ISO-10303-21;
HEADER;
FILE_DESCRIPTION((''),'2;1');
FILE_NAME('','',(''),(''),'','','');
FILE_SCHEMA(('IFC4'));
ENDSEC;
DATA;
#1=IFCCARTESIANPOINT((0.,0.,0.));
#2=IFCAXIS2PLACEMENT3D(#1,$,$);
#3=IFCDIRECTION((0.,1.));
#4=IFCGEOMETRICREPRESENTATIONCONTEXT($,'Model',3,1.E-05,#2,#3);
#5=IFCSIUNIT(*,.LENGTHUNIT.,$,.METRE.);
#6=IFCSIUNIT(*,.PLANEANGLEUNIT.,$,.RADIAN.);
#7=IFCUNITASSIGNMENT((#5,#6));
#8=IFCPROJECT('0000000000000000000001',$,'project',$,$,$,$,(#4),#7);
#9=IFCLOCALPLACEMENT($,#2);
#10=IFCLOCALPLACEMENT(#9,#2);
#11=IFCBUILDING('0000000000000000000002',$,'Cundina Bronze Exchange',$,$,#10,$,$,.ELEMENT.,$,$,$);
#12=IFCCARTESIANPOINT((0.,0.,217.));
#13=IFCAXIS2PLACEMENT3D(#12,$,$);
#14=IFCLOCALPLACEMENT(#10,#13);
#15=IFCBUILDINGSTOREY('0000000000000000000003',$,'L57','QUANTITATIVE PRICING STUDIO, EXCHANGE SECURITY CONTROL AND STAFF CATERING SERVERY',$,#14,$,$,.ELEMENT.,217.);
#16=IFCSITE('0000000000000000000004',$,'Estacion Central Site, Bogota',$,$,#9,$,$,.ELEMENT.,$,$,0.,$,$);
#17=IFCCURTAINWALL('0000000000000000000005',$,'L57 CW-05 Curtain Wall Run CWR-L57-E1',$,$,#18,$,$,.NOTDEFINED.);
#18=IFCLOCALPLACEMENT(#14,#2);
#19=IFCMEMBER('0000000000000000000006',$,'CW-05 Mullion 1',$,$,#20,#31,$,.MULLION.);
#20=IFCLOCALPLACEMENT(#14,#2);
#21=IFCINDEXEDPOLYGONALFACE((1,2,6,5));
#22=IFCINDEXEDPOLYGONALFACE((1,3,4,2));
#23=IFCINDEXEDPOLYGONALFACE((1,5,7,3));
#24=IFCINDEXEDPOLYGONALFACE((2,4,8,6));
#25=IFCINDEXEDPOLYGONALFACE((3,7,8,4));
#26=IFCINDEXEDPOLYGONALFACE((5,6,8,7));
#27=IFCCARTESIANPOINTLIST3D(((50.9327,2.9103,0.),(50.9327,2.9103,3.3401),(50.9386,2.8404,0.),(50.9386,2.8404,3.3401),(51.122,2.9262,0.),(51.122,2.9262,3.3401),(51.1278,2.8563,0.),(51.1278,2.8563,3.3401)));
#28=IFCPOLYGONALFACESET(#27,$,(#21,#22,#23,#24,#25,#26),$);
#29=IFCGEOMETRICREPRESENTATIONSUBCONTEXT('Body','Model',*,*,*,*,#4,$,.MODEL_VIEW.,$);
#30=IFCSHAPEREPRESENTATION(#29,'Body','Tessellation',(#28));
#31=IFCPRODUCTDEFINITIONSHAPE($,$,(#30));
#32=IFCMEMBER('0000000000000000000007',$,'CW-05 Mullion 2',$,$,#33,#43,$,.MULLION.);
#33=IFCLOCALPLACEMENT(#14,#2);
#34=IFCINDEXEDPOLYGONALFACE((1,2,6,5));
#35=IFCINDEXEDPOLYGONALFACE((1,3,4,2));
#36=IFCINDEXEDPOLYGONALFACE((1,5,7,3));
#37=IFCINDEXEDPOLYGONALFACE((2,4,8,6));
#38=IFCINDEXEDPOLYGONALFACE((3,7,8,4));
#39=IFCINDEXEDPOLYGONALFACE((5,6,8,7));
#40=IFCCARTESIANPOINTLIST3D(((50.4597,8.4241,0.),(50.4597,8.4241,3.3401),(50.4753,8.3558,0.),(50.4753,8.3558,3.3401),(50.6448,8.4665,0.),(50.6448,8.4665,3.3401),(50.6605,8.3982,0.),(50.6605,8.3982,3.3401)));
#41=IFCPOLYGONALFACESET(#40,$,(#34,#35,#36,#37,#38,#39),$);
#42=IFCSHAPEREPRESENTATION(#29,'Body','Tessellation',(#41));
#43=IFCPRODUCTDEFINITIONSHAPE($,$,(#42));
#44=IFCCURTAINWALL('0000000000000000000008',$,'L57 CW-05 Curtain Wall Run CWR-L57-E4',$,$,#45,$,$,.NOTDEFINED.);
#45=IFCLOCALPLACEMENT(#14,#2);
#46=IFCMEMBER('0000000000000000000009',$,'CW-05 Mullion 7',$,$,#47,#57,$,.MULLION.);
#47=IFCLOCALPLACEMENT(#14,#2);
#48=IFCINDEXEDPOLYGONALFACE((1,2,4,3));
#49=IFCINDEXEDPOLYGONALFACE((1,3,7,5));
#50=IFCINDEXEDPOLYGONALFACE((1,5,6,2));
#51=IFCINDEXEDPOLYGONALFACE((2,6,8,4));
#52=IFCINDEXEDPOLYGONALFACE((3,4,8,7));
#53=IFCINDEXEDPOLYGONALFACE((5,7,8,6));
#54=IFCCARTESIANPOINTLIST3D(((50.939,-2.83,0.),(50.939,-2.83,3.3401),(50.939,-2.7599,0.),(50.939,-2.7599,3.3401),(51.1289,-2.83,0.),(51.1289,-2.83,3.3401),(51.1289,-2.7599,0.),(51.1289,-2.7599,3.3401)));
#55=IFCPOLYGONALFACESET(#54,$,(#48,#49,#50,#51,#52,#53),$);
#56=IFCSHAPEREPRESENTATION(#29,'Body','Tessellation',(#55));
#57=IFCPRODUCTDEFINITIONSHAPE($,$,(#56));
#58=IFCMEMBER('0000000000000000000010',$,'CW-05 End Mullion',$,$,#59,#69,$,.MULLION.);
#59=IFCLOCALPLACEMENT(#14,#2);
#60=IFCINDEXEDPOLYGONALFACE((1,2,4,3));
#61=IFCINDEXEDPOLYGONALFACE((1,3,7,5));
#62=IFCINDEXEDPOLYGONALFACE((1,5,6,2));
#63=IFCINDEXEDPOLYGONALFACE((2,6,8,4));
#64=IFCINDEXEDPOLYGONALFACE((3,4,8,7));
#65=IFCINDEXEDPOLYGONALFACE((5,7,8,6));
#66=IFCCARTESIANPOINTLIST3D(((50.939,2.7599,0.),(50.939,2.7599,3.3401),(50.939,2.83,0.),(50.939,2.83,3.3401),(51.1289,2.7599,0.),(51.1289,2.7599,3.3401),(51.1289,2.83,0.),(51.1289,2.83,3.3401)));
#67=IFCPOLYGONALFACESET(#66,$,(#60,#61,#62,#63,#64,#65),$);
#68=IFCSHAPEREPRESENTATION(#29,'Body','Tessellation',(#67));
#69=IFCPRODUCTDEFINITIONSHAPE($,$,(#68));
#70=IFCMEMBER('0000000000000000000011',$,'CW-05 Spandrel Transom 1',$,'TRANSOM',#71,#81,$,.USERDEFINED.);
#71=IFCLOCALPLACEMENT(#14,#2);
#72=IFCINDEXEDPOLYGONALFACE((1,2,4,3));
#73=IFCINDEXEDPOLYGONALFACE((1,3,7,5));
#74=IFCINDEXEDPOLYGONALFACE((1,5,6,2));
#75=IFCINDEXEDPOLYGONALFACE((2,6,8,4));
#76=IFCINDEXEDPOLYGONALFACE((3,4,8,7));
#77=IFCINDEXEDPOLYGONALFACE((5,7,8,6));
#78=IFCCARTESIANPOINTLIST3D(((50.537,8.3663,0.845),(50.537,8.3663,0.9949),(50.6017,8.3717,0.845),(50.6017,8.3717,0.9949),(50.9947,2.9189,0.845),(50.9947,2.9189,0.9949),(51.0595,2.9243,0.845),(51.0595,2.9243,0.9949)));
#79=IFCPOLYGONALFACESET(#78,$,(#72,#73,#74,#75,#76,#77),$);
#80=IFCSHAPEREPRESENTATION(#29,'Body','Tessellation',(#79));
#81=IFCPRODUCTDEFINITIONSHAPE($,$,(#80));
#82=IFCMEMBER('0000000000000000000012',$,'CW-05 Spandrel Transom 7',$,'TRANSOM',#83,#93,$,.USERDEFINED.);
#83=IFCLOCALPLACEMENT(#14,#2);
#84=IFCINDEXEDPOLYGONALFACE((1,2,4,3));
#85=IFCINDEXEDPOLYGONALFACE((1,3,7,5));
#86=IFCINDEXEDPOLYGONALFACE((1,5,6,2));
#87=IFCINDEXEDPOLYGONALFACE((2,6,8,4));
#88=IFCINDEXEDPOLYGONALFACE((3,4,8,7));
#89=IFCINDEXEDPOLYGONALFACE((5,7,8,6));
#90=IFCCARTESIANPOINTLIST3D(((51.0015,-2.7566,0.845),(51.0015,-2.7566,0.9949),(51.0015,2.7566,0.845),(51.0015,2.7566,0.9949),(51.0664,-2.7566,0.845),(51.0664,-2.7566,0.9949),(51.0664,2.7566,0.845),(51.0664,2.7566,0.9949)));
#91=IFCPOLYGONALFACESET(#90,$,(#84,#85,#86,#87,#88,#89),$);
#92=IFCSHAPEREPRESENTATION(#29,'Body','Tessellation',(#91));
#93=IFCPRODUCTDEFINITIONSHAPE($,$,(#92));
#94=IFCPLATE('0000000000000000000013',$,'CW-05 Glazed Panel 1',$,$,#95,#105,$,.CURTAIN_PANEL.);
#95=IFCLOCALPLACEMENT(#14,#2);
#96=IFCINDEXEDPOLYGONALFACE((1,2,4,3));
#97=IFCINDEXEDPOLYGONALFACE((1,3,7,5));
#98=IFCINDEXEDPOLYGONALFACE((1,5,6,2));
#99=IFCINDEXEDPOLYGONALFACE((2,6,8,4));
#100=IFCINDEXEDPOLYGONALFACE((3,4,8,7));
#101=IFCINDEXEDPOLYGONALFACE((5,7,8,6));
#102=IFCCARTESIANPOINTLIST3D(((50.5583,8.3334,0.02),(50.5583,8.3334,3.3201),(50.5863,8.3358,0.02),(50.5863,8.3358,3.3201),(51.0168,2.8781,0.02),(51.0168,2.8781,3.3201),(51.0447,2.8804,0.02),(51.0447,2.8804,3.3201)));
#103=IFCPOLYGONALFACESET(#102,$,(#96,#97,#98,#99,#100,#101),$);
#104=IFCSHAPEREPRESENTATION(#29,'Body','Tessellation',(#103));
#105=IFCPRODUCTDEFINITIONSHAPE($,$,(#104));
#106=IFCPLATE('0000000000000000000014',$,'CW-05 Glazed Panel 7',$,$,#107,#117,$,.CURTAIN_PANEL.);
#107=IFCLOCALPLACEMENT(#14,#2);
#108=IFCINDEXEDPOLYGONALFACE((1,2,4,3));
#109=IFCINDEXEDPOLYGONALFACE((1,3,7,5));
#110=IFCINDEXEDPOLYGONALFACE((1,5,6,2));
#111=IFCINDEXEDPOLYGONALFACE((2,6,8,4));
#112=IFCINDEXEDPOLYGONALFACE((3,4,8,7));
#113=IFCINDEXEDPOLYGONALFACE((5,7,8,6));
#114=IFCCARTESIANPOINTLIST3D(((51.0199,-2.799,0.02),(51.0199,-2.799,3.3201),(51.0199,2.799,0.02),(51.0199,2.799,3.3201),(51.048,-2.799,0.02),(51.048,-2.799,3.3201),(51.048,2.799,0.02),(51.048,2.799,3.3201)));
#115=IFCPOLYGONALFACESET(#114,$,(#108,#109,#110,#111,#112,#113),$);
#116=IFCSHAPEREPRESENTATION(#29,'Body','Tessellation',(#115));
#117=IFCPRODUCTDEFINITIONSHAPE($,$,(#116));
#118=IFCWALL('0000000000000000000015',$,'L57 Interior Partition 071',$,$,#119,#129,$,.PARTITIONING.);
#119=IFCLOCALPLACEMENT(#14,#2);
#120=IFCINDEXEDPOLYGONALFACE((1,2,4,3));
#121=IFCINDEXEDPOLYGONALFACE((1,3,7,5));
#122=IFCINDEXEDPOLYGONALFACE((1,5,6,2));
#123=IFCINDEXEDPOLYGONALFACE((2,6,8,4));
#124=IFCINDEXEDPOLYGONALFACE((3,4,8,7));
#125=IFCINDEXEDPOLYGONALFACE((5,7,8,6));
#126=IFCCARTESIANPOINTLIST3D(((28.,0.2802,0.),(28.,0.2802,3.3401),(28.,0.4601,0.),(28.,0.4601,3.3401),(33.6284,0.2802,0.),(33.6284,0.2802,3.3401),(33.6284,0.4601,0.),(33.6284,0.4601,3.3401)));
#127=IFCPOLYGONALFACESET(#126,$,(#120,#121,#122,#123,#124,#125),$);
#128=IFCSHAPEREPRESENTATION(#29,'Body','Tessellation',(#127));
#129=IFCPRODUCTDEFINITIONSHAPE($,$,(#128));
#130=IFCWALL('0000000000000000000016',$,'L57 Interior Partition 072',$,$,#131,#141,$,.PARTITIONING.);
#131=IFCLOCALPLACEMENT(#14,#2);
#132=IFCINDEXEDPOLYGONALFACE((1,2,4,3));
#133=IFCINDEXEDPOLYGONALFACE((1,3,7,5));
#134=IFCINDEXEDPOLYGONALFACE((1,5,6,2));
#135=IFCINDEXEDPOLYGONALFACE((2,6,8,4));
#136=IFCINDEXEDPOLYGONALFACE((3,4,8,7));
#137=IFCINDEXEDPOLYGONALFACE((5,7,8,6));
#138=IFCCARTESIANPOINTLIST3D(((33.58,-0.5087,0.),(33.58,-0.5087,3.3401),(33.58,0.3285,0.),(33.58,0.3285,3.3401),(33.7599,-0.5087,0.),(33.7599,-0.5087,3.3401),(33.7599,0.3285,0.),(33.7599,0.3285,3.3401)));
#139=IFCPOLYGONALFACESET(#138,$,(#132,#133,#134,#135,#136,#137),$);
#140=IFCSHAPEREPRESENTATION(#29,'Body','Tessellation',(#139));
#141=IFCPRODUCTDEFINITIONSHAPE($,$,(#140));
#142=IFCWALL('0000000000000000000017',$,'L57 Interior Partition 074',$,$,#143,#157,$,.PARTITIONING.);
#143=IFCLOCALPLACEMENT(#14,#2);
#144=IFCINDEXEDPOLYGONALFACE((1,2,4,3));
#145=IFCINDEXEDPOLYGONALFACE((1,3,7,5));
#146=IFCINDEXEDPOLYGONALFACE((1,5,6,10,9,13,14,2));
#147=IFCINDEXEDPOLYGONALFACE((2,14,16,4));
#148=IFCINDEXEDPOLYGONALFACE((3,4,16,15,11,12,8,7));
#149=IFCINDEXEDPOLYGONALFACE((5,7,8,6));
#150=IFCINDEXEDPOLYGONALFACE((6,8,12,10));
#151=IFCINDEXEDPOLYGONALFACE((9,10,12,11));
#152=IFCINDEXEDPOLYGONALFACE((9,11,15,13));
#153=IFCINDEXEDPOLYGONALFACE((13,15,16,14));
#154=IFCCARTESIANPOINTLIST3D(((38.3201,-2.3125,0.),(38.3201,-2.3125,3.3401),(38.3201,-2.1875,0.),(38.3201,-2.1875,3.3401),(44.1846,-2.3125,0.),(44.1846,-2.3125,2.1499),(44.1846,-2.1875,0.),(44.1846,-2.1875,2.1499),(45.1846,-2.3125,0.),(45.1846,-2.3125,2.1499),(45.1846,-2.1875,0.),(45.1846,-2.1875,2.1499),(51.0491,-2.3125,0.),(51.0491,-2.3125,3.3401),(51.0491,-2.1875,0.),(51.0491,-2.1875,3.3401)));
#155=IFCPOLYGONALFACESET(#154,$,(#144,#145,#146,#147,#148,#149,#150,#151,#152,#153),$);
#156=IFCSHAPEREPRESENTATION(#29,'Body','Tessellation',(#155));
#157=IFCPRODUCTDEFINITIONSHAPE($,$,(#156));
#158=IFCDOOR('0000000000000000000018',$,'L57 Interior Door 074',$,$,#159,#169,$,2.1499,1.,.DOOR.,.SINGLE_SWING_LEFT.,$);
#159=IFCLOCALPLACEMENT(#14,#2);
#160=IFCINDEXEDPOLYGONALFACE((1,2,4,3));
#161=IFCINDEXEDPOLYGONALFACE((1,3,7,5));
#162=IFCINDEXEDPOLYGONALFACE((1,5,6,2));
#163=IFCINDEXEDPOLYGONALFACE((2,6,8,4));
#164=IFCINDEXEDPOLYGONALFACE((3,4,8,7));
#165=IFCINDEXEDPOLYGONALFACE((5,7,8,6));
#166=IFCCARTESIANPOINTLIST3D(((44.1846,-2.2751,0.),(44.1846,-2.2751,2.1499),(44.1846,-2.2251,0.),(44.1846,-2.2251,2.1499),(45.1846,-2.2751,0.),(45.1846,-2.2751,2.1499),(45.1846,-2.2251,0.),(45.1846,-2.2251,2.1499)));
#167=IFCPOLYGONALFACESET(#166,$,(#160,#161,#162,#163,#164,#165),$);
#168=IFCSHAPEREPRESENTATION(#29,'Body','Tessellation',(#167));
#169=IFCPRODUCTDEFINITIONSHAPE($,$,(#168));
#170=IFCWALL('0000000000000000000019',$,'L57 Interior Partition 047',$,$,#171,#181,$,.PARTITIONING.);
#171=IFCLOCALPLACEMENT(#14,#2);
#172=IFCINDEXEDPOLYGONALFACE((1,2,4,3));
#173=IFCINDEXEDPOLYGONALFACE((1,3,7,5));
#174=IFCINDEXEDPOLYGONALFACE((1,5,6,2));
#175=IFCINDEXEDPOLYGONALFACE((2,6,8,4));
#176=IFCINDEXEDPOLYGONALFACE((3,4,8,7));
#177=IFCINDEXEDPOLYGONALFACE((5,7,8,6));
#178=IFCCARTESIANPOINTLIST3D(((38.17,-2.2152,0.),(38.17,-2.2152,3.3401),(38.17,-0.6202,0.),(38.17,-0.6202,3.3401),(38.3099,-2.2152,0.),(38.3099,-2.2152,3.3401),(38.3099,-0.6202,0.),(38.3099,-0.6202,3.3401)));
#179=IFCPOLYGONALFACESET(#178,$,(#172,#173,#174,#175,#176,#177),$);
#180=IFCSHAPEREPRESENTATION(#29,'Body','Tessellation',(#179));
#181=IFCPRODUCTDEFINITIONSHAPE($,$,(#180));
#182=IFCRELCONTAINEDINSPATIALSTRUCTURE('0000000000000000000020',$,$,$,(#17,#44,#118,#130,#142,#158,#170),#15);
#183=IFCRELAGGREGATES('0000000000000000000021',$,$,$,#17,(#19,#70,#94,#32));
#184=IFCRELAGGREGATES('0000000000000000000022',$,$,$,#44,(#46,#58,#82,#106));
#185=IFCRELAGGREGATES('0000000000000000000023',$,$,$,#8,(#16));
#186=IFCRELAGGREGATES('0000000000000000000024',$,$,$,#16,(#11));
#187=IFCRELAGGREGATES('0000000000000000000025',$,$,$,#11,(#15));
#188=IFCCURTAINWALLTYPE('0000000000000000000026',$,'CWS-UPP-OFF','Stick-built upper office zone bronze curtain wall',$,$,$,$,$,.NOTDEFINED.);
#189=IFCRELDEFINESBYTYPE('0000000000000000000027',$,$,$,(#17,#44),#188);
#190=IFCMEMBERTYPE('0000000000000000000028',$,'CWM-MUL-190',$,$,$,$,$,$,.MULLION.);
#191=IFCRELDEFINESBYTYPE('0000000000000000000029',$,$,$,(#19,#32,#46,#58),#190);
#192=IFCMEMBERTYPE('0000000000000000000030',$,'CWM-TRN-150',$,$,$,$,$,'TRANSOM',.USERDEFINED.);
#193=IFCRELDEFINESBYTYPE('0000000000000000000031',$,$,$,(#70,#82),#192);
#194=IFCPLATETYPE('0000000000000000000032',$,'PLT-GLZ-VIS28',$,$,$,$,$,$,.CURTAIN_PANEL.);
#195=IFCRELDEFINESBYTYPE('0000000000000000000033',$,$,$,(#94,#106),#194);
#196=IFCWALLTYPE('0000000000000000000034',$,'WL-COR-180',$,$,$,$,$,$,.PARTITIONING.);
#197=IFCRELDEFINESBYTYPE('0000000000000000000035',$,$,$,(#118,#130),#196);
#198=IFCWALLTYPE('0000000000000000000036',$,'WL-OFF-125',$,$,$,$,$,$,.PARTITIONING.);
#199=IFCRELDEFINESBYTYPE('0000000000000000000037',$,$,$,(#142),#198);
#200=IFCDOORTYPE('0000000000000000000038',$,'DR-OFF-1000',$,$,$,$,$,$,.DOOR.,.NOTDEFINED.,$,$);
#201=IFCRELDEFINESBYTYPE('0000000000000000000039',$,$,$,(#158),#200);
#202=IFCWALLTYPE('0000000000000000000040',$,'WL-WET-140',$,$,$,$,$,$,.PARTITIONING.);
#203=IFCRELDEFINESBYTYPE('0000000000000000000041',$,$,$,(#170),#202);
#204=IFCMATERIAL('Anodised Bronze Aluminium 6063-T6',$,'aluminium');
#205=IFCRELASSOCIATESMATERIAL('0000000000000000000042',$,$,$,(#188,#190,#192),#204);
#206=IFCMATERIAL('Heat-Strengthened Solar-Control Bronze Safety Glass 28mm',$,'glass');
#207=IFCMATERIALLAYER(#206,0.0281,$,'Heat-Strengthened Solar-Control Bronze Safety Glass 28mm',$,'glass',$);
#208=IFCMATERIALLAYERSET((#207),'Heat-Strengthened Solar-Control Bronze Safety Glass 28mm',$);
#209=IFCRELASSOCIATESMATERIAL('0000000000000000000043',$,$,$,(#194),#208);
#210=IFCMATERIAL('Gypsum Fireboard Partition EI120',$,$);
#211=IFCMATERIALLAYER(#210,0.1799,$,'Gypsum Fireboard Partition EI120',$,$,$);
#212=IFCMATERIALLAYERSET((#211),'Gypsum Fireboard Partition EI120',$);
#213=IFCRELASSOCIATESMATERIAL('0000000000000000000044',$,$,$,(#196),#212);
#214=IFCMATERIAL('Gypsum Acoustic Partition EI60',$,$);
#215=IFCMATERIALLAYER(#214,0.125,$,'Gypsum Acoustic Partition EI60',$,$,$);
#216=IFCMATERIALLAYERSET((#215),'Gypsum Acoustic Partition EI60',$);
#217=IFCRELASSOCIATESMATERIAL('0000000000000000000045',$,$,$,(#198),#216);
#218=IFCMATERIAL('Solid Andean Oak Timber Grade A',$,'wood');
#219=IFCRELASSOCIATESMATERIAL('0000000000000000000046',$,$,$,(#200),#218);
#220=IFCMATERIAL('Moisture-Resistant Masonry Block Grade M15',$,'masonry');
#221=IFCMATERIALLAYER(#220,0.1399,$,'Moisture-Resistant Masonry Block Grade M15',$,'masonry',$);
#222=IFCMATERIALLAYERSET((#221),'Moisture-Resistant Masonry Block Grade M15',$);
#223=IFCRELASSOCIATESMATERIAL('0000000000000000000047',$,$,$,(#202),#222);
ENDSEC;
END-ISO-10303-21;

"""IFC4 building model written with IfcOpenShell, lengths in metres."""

from ifc_helpers import new_model, si_unit, direction, frame, frame_2d, origin, origin_2d, place, context, subcontext, project, spatial, rectangle, extrude, material, layer, layer_set, material_profile, profile_set, type_object, element, fill, aggregate, save


model = new_model("IFC4")

# Units and contexts
model_context = context("Model", 3, precision=1e-05, world=origin(), true_north=direction((0.0, 1.0)))
body_context = subcontext(model_context, "Body", "Model", "MODEL_VIEW")
ifc_project = project(units=[si_unit("LENGTHUNIT", "METRE"), si_unit("PLANEANGLEUNIT", "RADIAN")], contexts=[model_context])

# Site, building, storey
site_placement = place(None, origin())
site = spatial("IfcSite", under=ifc_project, at=site_placement, Name="Estacion Central Site, Bogota", CompositionType="ELEMENT", RefElevation=0.0)
building_placement = place(site_placement, origin())
building = spatial("IfcBuilding", under=site, at=building_placement, Name="Cundina Bronze Exchange", CompositionType="ELEMENT")
storey_placement = place(building_placement, frame((0.0, 0.0, 217.0)))
storey = spatial("IfcBuildingStorey", under=building, at=storey_placement, Name="L57", Description="QUANTITATIVE PRICING STUDIO, EXCHANGE SECURITY CONTROL AND STAFF CATERING SERVERY", CompositionType="ELEMENT", Elevation=217.0)

# Curtain walls, members
ifc_material_1 = material(Name="Anodised Bronze Aluminium 6063-T6", Category="aluminium")
curtain_wall_type = type_object("IfcCurtainWallType", Name="CWS-UPP-OFF", Description="Stick-built upper office zone bronze curtain wall", PredefinedType="NOTDEFINED", material=ifc_material_1)
curtain_wall_1_placement = place(storey_placement, origin())
curtain_wall_1 = element("IfcCurtainWall", 1, at=curtain_wall_1_placement, inside=storey, type_object=curtain_wall_type, Name="L57 CW-05 Curtain Wall Run CWR-L57-E1", PredefinedType="NOTDEFINED")
ifc_material_profile_1 = material_profile(ifc_material_1, rectangle(XDim=0.0701, YDim=0.1899, at=origin_2d()), Name="AL70X190", Category="aluminium")
ifc_profile_set_1 = profile_set([ifc_material_profile_1], Name="Anodised Bronze Aluminium 6063-T6")
member_type_1 = type_object("IfcMemberType", Name="CWM-MUL-190", PredefinedType="MULLION", material=ifc_profile_set_1)
member_1_placement = place(storey_placement, frame((51.0303, 2.8833, 0.0), z_axis=(0.0, 0.0, 1.0), x_axis=(-0.083678, 0.996493, 0.0)))
member_1 = element("IfcMember", 2, at=member_1_placement, type_object=member_type_1, Name="CW-05 Mullion 1", PredefinedType="MULLION", context=body_context, shape_type="SweptSolid", body=[
    extrude(rectangle(XDim=0.0701, YDim=0.1899, at=origin_2d()), origin(), (0.0, 0.0, 1.0), 3.3401),
])
member_2_placement = place(storey_placement, frame((50.5601, 8.4111, 0.0), z_axis=(0.0, 0.0, 1.0), x_axis=(-0.22325, 0.974761, 0.0)))
member_2 = element("IfcMember", 3, at=member_2_placement, type_object=member_type_1, Name="CW-05 Mullion 2", PredefinedType="MULLION", context=body_context, shape_type="SweptSolid", body=[
    extrude(rectangle(XDim=0.0701, YDim=0.1899, at=origin_2d()), origin(), (0.0, 0.0, 1.0), 3.3401),
])
curtain_wall_2_placement = place(storey_placement, origin())
curtain_wall_2 = element("IfcCurtainWall", 4, at=curtain_wall_2_placement, inside=storey, type_object=curtain_wall_type, Name="L57 CW-05 Curtain Wall Run CWR-L57-E4", PredefinedType="NOTDEFINED")
member_3_placement = place(storey_placement, frame((51.0339, -2.7949, 0.0), z_axis=(0.0, 0.0, 1.0), x_axis=(0.0, 1.0, 0.0)))
member_3 = element("IfcMember", 5, at=member_3_placement, type_object=member_type_1, Name="CW-05 Mullion 7", PredefinedType="MULLION", context=body_context, shape_type="SweptSolid", body=[
    extrude(rectangle(XDim=0.0701, YDim=0.1899, at=origin_2d()), origin(), (0.0, 0.0, 1.0), 3.3401),
])
member_4_placement = place(storey_placement, frame((51.0339, 2.7949, 0.0), z_axis=(0.0, 0.0, 1.0), x_axis=(0.0, 1.0, 0.0)))
member_4 = element("IfcMember", 6, at=member_4_placement, type_object=member_type_1, Name="CW-05 End Mullion", PredefinedType="MULLION", context=body_context, shape_type="SweptSolid", body=[
    extrude(rectangle(XDim=0.0701, YDim=0.1899, at=origin_2d()), origin(), (0.0, 0.0, 1.0), 3.3401),
])

# Members
ifc_material_profile_2 = material_profile(ifc_material_1, rectangle(XDim=0.0649, YDim=0.1499, at=origin_2d()), Name="AL65X150", Category="aluminium")
ifc_profile_set_2 = profile_set([ifc_material_profile_2], Name="Anodised Bronze Aluminium 6063-T6")
member_type_2 = type_object("IfcMemberType", Name="CWM-TRN-150", ElementType="TRANSOM", PredefinedType="USERDEFINED", material=ifc_profile_set_2)
member_5_placement = place(storey_placement, frame((51.0271, 2.9216, 0.9199), z_axis=(-0.08374, 0.996488, 0.0), x_axis=(-0.996488, -0.08374, 0.0)))
member_5 = element("IfcMember", 7, at=member_5_placement, type_object=member_type_2, Name="CW-05 Spandrel Transom 1", ObjectType="TRANSOM", PredefinedType="USERDEFINED", context=body_context, shape_type="SweptSolid", body=[
    extrude(rectangle(XDim=0.0649, YDim=0.1499, at=origin_2d()), origin(), (0.0, 0.0, 1.0), 5.4666),
])
member_6_placement = place(storey_placement, frame((51.0339, -2.7566, 0.9199), z_axis=(0.0, 1.0, 0.0), x_axis=(-1.0, 0.0, 0.0)))
member_6 = element("IfcMember", 8, at=member_6_placement, type_object=member_type_2, Name="CW-05 Spandrel Transom 7", ObjectType="TRANSOM", PredefinedType="USERDEFINED", context=body_context, shape_type="SweptSolid", body=[
    extrude(rectangle(XDim=0.0649, YDim=0.1499, at=origin_2d()), origin(), (0.0, 0.0, 1.0), 5.5132),
])

# Plates
ifc_material_2 = material(Name="Heat-Strengthened Solar-Control Bronze Safety Glass 28mm", Category="glass")
ifc_layer_1 = layer(ifc_material_2, 0.0281, Name="Heat-Strengthened Solar-Control Bronze Safety Glass 28mm", Category="glass")
ifc_layer_set_1 = layer_set([ifc_layer_1], Name="Heat-Strengthened Solar-Control Bronze Safety Glass 28mm")
plate_type = type_object("IfcPlateType", Name="PLT-GLZ-VIS28", PredefinedType="CURTAIN_PANEL", material=ifc_layer_set_1)
plate_1_placement = place(storey_placement, frame((50.8015, 5.6069, 0.02), z_axis=(0.0, 0.0, 1.0), x_axis=(-0.083747, 0.996487, 0.0)))
plate_1 = element("IfcPlate", 9, at=plate_1_placement, type_object=plate_type, Name="CW-05 Glazed Panel 1", PredefinedType="CURTAIN_PANEL", context=body_context, shape_type="SweptSolid", body=[
    extrude(rectangle(XDim=5.4746, YDim=0.0281, at=origin_2d()), origin(), (0.0, 0.0, 1.0), 3.3),
])
aggregate(curtain_wall_1, [member_1, member_5, plate_1, member_2])
plate_2_placement = place(storey_placement, frame((51.0339, 0.0, 0.02), z_axis=(0.0, 0.0, 1.0), x_axis=(0.0, 1.0, 0.0)))
plate_2 = element("IfcPlate", 10, at=plate_2_placement, type_object=plate_type, Name="CW-05 Glazed Panel 7", PredefinedType="CURTAIN_PANEL", context=body_context, shape_type="SweptSolid", body=[
    extrude(rectangle(XDim=5.5979, YDim=0.0281, at=origin_2d()), origin(), (0.0, 0.0, 1.0), 3.3),
])
aggregate(curtain_wall_2, [member_3, member_4, member_6, plate_2])

# Walls
ifc_material_3 = material(Name="Gypsum Fireboard Partition EI120")
ifc_layer_2 = layer(ifc_material_3, 0.1799, Name="Gypsum Fireboard Partition EI120")
ifc_layer_set_2 = layer_set([ifc_layer_2], Name="Gypsum Fireboard Partition EI120")
wall_type_1 = type_object("IfcWallType", Name="WL-COR-180", PredefinedType="PARTITIONING", material=ifc_layer_set_2)
wall_1_placement = place(storey_placement, frame((33.6284, 0.3701, 0.0), z_axis=(0.0, 0.0, 1.0), x_axis=(-1.0, 0.0, 0.0)))
element("IfcWall", 11, at=wall_1_placement, inside=storey, type_object=wall_type_1, Name="L57 Interior Partition 071", PredefinedType="PARTITIONING", context=body_context, shape_type="SweptSolid", body=[
    extrude(rectangle(XDim=5.6284, YDim=0.1799, at=frame_2d((2.8142, 0.0))), origin(), (0.0, 0.0, 1.0), 3.3401),
])
wall_2_placement = place(storey_placement, frame((33.6699, -0.5085, 0.0), z_axis=(0.0, 0.0, 1.0), x_axis=(0.0, 1.0, 0.0)))
element("IfcWall", 12, at=wall_2_placement, inside=storey, type_object=wall_type_1, Name="L57 Interior Partition 072", PredefinedType="PARTITIONING", context=body_context, shape_type="SweptSolid", body=[
    extrude(rectangle(XDim=0.8372, YDim=0.1799, at=frame_2d((0.4185, 0.0))), origin(), (0.0, 0.0, 1.0), 3.3401),
])

# Wall, opening, door
ifc_material_4 = material(Name="Gypsum Acoustic Partition EI60")
ifc_layer_3 = layer(ifc_material_4, 0.125, Name="Gypsum Acoustic Partition EI60")
ifc_layer_set_3 = layer_set([ifc_layer_3], Name="Gypsum Acoustic Partition EI60")
wall_type_2 = type_object("IfcWallType", Name="WL-OFF-125", PredefinedType="PARTITIONING", material=ifc_layer_set_3)
wall_3_placement = place(storey_placement, frame((38.3201, -2.25, 0.0), z_axis=(0.0, 0.0, 1.0), x_axis=(1.0, 0.0, 0.0)))
wall_3 = element("IfcWall", 13, at=wall_3_placement, inside=storey, type_object=wall_type_2, Name="L57 Interior Partition 074", PredefinedType="PARTITIONING", context=body_context, shape_type="SweptSolid", body=[
    extrude(rectangle(XDim=12.729, YDim=0.125, at=frame_2d((6.3645, 0.0))), origin(), (0.0, 0.0, 1.0), 3.3401),
])
opening_placement = place(wall_3_placement, frame((5.8645, 0.0, 0.0)))
opening = element("IfcOpeningElement", 14, at=opening_placement, cuts=wall_3, PredefinedType="OPENING", context=body_context, shape_type="SweptSolid", body=[
    extrude(rectangle(XDim=1.0, YDim=2.1499, at=frame_2d((0.5, 1.075))), frame((0.0, 0.0725, 0.0), z_axis=(0.0, -1.0, 0.0), x_axis=(1.0, 0.0, 0.0)), (0.0, 0.0, 1.0), 0.145),
])
ifc_material_5 = material(Name="Solid Andean Oak Timber Grade A", Category="wood")
door_type = type_object("IfcDoorType", Name="DR-OFF-1000", OperationType="NOTDEFINED", PredefinedType="DOOR", material=ifc_material_5)
door_placement = place(opening_placement, origin())
door = element("IfcDoor", 15, at=door_placement, inside=storey, type_object=door_type, Name="L57 Interior Door 074", OperationType="SINGLE_SWING_LEFT", OverallHeight=2.1499, OverallWidth=1.0, PredefinedType="DOOR", context=body_context, shape_type="SweptSolid", body=[
    extrude(rectangle(XDim=1.0, YDim=2.1499, at=frame_2d((0.5, 1.075))), frame((0.0, 0.0249, 0.0), z_axis=(0.0, -1.0, 0.0), x_axis=(1.0, 0.0, 0.0)), (0.0, 0.0, 1.0), 0.05),
])
fill(opening, door)

# Wall
ifc_material_6 = material(Name="Moisture-Resistant Masonry Block Grade M15", Category="masonry")
ifc_layer_4 = layer(ifc_material_6, 0.1399, Name="Moisture-Resistant Masonry Block Grade M15", Category="masonry")
ifc_layer_set_4 = layer_set([ifc_layer_4], Name="Moisture-Resistant Masonry Block Grade M15")
wall_type_3 = type_object("IfcWallType", Name="WL-WET-140", PredefinedType="PARTITIONING", material=ifc_layer_set_4)
wall_4_placement = place(storey_placement, frame((38.24, -2.2151, 0.0), z_axis=(0.0, 0.0, 1.0), x_axis=(0.0, 1.0, 0.0)))
element("IfcWall", 16, at=wall_4_placement, inside=storey, type_object=wall_type_3, Name="L57 Interior Partition 047", PredefinedType="PARTITIONING", context=body_context, shape_type="SweptSolid", body=[
    extrude(rectangle(XDim=1.595, YDim=0.1399, at=frame_2d((0.7974, 0.0))), origin(), (0.0, 0.0, 1.0), 3.3401),
])

save(model, "model.ifc")
